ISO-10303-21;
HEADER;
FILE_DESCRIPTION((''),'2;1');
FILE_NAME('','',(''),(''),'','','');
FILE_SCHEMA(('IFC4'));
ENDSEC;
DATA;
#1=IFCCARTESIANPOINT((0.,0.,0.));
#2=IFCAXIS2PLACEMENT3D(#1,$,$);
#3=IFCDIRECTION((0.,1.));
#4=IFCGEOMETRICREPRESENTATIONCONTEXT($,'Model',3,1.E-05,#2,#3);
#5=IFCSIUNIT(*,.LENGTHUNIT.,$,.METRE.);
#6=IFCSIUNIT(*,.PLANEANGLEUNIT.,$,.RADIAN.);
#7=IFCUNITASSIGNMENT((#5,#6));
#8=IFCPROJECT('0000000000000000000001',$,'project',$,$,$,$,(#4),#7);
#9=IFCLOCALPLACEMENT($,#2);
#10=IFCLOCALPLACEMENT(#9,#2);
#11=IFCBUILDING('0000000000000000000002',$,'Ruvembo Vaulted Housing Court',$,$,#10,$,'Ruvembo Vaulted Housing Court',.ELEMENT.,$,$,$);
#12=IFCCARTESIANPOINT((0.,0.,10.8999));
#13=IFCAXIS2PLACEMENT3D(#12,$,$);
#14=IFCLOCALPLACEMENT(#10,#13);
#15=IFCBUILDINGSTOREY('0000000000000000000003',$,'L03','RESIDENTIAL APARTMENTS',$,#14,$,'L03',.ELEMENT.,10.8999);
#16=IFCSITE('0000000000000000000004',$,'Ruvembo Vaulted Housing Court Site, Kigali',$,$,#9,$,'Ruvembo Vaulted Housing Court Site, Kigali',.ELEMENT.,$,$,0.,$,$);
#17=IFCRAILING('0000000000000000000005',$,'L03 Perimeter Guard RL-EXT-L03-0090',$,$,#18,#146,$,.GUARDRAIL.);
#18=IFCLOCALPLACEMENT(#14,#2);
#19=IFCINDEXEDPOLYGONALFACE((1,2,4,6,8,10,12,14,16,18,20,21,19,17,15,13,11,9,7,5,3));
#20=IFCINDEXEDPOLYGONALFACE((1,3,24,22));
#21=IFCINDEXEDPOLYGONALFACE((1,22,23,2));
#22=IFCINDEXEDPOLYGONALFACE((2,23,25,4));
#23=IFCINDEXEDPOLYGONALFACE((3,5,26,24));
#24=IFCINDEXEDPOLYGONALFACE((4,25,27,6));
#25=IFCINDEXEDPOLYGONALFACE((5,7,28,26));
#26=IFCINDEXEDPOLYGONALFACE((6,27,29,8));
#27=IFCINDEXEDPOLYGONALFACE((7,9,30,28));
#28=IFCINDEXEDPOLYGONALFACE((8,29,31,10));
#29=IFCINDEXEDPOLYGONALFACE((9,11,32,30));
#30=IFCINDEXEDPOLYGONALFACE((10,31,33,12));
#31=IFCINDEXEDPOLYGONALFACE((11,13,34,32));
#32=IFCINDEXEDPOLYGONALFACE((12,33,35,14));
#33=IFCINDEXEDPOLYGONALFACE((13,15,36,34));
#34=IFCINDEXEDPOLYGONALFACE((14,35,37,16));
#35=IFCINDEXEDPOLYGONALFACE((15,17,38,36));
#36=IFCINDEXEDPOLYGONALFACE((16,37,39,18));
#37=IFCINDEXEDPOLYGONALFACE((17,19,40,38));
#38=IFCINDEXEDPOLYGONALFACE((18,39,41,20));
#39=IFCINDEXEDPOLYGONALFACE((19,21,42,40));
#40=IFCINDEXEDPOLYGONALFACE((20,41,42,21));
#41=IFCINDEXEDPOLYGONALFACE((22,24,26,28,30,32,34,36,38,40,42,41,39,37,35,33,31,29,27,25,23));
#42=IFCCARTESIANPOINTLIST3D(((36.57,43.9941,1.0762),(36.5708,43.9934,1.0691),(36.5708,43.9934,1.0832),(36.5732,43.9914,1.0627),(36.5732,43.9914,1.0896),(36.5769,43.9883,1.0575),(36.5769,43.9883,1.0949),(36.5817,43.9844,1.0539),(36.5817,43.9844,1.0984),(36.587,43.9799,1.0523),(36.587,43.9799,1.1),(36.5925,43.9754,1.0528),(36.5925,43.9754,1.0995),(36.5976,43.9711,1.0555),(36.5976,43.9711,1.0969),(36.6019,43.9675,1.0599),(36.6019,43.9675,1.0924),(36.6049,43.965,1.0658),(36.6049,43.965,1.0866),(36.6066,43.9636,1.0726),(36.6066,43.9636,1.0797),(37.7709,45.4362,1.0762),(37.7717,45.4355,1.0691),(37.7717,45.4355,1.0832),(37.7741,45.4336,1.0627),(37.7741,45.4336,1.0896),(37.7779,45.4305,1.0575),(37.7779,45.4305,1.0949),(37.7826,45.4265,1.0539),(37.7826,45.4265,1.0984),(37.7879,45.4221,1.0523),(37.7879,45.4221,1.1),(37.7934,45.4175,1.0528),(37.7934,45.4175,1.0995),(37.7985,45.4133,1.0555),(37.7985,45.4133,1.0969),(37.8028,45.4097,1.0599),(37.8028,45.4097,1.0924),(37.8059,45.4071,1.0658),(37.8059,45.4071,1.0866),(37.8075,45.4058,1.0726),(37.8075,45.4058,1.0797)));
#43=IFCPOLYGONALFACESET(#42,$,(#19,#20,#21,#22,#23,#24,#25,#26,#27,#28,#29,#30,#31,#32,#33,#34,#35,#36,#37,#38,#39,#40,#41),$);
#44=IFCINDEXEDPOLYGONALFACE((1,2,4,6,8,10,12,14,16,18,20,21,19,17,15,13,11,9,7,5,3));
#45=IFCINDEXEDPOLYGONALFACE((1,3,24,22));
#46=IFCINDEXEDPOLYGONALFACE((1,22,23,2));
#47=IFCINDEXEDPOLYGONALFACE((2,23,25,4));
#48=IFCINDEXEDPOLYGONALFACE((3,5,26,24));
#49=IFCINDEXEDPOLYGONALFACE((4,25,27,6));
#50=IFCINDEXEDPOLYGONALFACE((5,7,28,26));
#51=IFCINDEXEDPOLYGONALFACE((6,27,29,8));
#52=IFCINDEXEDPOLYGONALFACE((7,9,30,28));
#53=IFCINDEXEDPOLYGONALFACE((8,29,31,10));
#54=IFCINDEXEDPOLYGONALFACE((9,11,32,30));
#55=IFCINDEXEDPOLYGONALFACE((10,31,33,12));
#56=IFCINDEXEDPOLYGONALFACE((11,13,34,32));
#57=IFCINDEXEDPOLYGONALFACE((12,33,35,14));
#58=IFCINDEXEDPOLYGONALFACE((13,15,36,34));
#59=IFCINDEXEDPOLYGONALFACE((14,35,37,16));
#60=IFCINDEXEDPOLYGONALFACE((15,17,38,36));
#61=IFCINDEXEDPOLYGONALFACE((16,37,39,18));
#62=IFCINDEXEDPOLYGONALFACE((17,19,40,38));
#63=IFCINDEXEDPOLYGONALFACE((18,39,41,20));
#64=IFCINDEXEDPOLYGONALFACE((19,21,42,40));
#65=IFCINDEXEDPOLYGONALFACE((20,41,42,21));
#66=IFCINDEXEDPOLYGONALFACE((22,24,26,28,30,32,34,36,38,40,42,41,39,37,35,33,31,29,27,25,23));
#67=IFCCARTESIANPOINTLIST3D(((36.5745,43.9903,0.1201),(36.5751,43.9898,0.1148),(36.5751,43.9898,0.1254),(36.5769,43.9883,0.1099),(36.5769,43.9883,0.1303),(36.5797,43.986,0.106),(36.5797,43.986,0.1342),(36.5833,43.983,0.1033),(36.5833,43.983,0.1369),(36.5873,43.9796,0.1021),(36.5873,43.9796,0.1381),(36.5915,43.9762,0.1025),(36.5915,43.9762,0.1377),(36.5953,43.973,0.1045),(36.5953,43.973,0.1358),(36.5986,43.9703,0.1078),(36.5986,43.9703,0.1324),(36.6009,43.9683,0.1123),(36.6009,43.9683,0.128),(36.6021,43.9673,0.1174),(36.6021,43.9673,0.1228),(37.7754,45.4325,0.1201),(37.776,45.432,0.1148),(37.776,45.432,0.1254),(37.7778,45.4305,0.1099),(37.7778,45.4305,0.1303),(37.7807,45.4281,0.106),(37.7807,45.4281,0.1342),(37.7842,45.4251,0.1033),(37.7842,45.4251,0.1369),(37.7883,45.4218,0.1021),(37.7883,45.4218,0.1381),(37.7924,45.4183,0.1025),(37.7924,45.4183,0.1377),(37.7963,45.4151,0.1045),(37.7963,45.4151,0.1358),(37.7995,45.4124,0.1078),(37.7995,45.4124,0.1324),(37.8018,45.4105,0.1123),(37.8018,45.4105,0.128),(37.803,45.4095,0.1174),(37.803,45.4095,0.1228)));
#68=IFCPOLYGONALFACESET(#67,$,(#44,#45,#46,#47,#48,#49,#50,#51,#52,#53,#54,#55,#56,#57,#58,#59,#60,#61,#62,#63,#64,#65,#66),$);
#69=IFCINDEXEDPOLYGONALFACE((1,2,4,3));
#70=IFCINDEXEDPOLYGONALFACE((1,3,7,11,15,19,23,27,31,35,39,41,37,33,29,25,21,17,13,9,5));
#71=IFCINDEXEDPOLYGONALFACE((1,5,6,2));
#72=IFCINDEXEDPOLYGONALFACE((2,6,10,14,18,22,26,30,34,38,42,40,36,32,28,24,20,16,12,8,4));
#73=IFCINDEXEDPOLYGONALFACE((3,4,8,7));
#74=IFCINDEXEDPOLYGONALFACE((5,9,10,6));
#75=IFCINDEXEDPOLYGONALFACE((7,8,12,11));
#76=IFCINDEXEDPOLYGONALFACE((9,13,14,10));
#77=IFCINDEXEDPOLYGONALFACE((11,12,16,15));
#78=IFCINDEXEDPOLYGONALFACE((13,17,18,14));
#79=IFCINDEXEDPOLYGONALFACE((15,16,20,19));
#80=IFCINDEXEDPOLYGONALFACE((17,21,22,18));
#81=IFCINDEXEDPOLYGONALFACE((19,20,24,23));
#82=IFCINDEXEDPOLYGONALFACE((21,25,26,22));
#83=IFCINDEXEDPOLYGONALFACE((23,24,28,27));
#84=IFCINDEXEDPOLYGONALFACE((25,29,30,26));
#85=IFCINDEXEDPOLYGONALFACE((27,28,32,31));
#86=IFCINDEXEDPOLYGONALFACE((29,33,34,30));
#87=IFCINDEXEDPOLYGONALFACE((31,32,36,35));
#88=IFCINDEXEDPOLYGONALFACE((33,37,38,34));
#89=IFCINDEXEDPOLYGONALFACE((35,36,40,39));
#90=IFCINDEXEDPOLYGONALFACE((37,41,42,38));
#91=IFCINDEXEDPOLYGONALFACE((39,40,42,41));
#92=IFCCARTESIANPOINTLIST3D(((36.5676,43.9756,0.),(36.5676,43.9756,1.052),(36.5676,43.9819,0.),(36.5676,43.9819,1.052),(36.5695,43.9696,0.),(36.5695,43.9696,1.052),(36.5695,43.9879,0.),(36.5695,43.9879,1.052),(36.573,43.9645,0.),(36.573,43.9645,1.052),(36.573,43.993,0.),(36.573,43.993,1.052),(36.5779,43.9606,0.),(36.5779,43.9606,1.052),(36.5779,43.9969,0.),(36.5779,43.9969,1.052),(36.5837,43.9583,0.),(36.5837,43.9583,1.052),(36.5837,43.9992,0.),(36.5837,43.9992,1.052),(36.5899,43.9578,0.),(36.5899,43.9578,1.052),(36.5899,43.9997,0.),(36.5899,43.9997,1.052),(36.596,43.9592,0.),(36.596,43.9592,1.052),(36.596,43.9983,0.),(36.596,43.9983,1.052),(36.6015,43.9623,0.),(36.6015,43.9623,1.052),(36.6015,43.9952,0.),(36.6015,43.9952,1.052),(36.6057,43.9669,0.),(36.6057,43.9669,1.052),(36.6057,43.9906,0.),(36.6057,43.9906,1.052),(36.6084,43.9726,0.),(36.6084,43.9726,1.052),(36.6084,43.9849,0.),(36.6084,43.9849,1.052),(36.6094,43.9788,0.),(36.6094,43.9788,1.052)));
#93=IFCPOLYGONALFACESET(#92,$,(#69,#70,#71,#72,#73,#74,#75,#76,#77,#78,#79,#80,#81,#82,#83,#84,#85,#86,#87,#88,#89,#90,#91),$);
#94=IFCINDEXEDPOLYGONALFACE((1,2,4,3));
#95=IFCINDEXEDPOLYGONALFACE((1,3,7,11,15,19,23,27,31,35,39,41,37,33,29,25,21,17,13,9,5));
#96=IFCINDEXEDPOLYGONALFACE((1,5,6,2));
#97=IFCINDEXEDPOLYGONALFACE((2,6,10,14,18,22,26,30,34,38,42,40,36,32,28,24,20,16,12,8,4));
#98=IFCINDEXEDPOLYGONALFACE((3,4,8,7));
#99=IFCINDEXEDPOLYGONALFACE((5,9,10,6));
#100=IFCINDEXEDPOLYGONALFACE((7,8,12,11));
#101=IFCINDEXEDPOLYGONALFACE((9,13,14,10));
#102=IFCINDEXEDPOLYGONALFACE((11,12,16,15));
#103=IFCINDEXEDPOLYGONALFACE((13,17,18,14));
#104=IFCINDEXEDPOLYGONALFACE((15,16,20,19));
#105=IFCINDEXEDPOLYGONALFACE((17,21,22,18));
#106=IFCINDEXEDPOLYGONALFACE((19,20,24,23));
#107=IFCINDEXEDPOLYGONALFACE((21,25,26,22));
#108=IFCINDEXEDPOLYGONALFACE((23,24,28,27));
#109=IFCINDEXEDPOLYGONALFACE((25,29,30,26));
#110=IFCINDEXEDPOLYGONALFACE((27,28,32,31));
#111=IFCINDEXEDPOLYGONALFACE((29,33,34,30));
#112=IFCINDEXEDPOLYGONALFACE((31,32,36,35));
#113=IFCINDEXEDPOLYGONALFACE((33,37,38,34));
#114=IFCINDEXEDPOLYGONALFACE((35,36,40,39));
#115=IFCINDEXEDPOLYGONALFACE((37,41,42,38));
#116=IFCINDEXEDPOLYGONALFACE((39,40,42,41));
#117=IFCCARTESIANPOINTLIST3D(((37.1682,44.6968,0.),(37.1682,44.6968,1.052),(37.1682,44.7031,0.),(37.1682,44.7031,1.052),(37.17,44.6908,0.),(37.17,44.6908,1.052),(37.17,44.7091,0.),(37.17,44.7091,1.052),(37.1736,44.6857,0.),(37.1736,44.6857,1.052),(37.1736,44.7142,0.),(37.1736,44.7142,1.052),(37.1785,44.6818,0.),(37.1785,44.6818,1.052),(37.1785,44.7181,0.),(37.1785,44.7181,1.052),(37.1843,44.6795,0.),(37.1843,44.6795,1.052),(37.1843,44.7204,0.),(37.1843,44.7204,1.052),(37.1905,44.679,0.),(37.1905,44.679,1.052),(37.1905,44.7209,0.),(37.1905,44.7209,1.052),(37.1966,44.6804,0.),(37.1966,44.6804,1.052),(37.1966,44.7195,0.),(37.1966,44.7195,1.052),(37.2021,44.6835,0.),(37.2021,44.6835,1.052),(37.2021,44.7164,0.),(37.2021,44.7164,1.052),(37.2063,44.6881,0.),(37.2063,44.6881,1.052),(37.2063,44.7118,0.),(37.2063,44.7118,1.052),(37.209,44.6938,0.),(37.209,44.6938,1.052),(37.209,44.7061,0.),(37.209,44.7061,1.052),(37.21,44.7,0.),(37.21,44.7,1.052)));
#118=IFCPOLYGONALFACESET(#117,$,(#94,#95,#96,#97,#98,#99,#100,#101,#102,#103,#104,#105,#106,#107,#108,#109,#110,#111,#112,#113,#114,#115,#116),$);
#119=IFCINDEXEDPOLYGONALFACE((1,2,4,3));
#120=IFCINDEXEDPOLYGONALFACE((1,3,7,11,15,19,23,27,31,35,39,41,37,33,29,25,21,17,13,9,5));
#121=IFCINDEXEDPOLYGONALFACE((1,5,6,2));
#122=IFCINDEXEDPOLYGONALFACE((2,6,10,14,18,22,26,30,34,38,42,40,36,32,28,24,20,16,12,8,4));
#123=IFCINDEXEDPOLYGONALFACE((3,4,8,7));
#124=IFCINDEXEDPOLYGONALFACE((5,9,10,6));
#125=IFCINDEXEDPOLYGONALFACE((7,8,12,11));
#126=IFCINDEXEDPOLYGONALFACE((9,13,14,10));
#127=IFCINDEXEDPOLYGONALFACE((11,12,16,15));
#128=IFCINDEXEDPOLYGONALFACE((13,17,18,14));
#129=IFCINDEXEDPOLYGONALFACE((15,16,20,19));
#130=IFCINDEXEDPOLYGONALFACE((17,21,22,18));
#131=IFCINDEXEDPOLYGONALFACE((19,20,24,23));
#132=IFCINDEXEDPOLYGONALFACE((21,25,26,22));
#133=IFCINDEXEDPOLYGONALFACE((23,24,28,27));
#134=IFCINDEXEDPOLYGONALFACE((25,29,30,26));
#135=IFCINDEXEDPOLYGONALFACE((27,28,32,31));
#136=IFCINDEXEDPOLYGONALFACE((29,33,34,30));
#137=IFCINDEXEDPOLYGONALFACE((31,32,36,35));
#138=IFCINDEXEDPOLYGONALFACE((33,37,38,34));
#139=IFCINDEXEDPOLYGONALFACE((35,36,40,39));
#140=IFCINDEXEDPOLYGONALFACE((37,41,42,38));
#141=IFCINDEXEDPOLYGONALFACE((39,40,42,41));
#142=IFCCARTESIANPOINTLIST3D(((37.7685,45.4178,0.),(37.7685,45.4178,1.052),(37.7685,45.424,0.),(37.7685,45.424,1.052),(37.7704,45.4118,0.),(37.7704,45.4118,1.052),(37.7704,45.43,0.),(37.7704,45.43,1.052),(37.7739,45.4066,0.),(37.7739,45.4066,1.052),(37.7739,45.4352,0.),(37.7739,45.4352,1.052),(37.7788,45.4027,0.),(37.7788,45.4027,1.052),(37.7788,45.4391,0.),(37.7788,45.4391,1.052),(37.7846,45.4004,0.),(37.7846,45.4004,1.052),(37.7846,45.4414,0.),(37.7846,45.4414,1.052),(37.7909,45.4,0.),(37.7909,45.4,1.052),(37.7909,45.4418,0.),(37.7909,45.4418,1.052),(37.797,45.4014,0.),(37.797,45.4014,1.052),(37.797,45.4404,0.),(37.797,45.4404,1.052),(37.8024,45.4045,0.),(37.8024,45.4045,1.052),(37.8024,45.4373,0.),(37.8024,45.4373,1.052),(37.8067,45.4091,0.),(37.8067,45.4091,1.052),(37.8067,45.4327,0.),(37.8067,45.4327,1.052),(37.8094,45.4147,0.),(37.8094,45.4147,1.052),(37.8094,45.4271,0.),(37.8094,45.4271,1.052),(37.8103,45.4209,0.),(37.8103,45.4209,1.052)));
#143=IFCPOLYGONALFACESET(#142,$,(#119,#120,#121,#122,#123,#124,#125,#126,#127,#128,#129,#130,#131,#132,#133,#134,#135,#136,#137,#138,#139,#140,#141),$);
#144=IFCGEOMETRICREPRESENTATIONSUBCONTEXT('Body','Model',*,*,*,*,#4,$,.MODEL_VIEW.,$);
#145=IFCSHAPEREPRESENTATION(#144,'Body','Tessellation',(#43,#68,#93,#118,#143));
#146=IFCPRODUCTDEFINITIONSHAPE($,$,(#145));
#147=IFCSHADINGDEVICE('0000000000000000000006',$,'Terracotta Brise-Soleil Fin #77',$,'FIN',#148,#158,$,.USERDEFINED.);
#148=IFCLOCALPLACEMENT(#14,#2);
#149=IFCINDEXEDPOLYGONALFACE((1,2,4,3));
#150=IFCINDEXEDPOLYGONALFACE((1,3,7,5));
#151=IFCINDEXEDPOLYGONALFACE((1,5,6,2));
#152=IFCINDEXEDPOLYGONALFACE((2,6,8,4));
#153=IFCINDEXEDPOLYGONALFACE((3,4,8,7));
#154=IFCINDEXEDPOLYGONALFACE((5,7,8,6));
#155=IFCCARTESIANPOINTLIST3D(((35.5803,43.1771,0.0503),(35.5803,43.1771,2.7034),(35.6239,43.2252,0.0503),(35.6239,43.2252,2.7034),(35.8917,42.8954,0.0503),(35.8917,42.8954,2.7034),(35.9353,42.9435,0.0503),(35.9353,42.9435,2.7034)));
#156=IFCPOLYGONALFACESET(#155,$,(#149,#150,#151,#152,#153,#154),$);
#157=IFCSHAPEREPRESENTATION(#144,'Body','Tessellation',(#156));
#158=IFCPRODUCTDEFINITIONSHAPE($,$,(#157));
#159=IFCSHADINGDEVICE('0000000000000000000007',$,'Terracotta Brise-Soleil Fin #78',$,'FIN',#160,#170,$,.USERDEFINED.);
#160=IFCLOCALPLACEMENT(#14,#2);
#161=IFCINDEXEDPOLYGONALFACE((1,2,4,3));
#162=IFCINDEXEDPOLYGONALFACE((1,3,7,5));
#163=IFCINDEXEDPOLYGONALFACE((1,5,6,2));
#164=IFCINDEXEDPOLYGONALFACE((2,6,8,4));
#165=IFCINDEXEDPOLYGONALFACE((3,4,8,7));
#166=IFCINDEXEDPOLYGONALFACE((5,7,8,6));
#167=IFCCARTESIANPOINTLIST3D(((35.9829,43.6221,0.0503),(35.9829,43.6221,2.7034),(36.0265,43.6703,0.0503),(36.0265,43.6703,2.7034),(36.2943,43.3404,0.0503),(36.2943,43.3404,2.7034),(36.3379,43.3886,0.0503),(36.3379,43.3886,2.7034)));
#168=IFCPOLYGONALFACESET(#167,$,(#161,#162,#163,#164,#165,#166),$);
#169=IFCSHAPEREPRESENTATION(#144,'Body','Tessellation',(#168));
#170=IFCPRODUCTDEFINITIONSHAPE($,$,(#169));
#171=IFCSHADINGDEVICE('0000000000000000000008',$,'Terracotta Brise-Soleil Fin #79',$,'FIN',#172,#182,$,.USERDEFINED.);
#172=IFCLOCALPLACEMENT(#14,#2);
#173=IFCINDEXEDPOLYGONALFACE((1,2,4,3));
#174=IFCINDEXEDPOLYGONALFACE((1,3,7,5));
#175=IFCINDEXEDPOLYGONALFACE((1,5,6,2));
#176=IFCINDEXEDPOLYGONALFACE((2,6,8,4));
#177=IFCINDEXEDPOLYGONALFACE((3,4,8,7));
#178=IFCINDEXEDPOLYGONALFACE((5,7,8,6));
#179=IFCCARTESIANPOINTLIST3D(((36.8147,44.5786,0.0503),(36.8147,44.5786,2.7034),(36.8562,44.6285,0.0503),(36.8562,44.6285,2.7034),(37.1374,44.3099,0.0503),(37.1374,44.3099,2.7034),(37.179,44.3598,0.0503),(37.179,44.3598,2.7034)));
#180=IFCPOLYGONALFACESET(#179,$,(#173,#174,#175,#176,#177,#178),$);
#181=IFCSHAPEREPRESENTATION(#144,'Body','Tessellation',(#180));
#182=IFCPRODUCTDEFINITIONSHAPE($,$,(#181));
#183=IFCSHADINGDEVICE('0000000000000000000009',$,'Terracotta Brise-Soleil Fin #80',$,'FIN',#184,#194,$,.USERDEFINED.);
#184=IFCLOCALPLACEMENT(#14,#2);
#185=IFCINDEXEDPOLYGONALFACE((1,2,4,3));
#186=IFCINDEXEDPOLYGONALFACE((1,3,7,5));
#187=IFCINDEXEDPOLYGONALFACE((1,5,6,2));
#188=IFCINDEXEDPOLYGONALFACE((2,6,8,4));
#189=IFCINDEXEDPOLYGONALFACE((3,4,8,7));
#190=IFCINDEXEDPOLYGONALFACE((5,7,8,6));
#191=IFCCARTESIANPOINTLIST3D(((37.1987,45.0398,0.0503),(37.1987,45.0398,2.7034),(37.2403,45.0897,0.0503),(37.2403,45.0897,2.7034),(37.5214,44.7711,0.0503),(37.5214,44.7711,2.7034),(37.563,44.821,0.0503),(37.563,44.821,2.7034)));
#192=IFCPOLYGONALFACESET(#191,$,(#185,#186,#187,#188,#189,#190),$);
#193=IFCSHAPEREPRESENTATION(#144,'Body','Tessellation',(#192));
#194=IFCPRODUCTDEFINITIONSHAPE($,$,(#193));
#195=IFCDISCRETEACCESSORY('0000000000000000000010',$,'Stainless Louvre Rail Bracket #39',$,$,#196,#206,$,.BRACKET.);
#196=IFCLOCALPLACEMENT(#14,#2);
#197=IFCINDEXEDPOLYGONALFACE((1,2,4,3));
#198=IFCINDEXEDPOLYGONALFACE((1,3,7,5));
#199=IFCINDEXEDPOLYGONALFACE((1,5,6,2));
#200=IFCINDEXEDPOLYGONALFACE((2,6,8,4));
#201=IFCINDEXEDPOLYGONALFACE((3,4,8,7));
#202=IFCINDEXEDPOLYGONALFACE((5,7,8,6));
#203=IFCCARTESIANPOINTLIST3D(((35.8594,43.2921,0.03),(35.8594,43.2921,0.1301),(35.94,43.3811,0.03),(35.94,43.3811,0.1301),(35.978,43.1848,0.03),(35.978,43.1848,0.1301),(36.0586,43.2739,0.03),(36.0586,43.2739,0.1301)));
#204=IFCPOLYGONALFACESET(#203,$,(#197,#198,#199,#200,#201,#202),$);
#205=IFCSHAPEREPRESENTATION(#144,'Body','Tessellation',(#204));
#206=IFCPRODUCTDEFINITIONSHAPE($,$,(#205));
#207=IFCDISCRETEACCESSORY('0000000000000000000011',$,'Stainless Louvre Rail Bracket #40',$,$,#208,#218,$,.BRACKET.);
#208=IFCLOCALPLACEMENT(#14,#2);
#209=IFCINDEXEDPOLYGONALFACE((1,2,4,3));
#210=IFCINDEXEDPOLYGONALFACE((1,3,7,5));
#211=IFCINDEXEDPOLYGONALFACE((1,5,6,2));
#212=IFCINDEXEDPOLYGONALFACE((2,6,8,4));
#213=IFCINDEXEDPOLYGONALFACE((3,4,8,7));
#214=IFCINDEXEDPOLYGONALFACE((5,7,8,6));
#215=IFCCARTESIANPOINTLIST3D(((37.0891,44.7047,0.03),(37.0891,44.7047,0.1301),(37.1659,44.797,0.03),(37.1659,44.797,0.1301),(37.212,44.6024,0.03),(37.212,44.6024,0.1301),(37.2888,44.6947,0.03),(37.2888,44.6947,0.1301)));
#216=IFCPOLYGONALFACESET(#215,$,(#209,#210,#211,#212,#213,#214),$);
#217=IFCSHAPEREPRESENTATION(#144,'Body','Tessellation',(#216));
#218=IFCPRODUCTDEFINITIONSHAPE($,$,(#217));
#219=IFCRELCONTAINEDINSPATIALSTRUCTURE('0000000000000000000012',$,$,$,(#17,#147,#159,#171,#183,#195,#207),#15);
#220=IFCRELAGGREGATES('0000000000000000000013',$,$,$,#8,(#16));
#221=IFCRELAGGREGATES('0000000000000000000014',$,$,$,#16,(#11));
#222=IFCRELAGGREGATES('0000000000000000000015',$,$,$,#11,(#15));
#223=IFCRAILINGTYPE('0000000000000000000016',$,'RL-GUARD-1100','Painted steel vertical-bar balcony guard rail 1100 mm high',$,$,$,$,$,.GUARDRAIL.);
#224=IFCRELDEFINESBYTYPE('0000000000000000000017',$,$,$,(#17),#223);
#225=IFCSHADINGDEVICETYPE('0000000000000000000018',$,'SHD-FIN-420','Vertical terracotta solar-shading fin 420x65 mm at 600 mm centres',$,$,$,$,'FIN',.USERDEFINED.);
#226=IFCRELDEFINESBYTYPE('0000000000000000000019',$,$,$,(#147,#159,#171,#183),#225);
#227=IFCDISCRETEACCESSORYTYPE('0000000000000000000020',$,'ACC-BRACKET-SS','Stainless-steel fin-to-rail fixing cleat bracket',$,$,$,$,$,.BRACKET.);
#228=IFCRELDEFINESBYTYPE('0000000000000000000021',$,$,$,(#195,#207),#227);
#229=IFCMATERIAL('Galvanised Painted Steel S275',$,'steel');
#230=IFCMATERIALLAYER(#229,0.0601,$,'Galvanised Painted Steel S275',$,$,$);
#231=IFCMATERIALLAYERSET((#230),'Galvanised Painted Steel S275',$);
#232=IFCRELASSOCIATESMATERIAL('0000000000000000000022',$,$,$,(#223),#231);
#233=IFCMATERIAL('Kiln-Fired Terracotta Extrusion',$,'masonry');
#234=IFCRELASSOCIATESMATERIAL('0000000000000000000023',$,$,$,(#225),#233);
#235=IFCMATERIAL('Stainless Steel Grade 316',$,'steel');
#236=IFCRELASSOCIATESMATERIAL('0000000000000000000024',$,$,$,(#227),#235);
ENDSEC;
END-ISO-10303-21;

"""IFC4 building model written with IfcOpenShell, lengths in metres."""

from ifc_helpers import new_model, si_unit, direction, frame, origin, origin_2d, place, context, subcontext, project, spatial, rectangle, circle, extrude, material, layer, layer_set, type_object, element, save


model = new_model("IFC4")

# Units and contexts
model_context = context("Model", 3, precision=1e-05, world=origin(), true_north=direction((0.0, 1.0)))
body_context = subcontext(model_context, "Body", "Model", "MODEL_VIEW")
ifc_project = project(units=[si_unit("LENGTHUNIT", "METRE"), si_unit("PLANEANGLEUNIT", "RADIAN")], contexts=[model_context])

# Site, building, storey
site_placement = place(None, origin())
site = spatial("IfcSite", under=ifc_project, at=site_placement, Name="Ruvembo Vaulted Housing Court Site, Kigali", LongName="Ruvembo Vaulted Housing Court Site, Kigali", CompositionType="ELEMENT", RefElevation=0.0)
building_placement = place(site_placement, origin())
building = spatial("IfcBuilding", under=site, at=building_placement, Name="Ruvembo Vaulted Housing Court", LongName="Ruvembo Vaulted Housing Court", CompositionType="ELEMENT")
storey_placement = place(building_placement, frame((0.0, 0.0, 10.8999)))
storey = spatial("IfcBuildingStorey", under=building, at=storey_placement, Name="L03", Description="RESIDENTIAL APARTMENTS", LongName="L03", CompositionType="ELEMENT", Elevation=10.8999)

# Railing
ifc_material_1 = material(Name="Galvanised Painted Steel S275", Category="steel")
ifc_layer = layer(ifc_material_1, 0.0601, Name="Galvanised Painted Steel S275")
ifc_layer_set = layer_set([ifc_layer], Name="Galvanised Painted Steel S275")
railing_type = type_object("IfcRailingType", Name="RL-GUARD-1100", Description="Painted steel vertical-bar balcony guard rail 1100 mm high", PredefinedType="GUARDRAIL", material=ifc_layer_set)
railing_1_placement = place(storey_placement, frame((36.5884, 43.9788, 0.0)))
element("IfcRailing", 1, at=railing_1_placement, inside=storey, type_object=railing_type, Name="L03 Perimeter Guard RL-EXT-L03-0090", PredefinedType="GUARDRAIL", context=body_context, shape_type="SweptSolid", body=[
    extrude(circle(Radius=0.0239, at=origin_2d()), frame((0.0, 0.0, 1.0762), z_axis=(0.639916, 0.768445, 0.0), x_axis=(-0.768445, 0.639916, 0.0)), (0.0, 0.0, 1.0), 1.8767),
    extrude(circle(Radius=0.0181, at=origin_2d()), frame((0.0, 0.0, 0.1201), z_axis=(0.639916, 0.768445, 0.0), x_axis=(-0.768445, 0.639916, 0.0)), (0.0, 0.0, 1.0), 1.8767),
    extrude(circle(Radius=0.021, at=origin_2d()), origin(), (0.0, 0.0, 1.0), 1.052),
    extrude(circle(Radius=0.021, at=origin_2d()), frame((0.6006, 0.7212, 0.0)), (0.0, 0.0, 1.0), 1.052),
    extrude(circle(Radius=0.021, at=origin_2d()), frame((1.2009, 1.4421, 0.0)), (0.0, 0.0, 1.0), 1.052),
])

# Shading devices
ifc_material_2 = material(Name="Kiln-Fired Terracotta Extrusion", Category="masonry")
shading_device_type = type_object("IfcShadingDeviceType", Name="SHD-FIN-420", Description="Vertical terracotta solar-shading fin 420x65 mm at 600 mm centres", ElementType="FIN", PredefinedType="USERDEFINED", material=ifc_material_2)
for number, where, z_axis, x_axis, name in (
    (2, (35.7578, 43.0603, 0.0503), (0.0, 0.0, 1.0), (0.741601, -0.670841, 0.0), "Terracotta Brise-Soleil Fin #77"),
    (3, (36.1604, 43.5054, 0.0503), (0.0, 0.0, 1.0), (0.741601, -0.670841, 0.0), "Terracotta Brise-Soleil Fin #78"),
    (4, (36.9968, 44.4692, 0.0503), (0.0, 0.0, 1.0), (0.768496, -0.639855, 0.0), "Terracotta Brise-Soleil Fin #79"),
    (5, (37.3809, 44.9304, 0.0503), (0.0, 0.0, 1.0), (0.768496, -0.639855, 0.0), "Terracotta Brise-Soleil Fin #80"),
):
    element("IfcShadingDevice", number, at=place(storey_placement, frame(where, z_axis=z_axis, x_axis=x_axis)), inside=storey, type_object=shading_device_type, Name=name, ObjectType="FIN", PredefinedType="USERDEFINED", context=body_context, shape_type="SweptSolid", body=[
        extrude(rectangle(XDim=0.4199, YDim=0.0649, at=origin_2d()), origin(), (0.0, 0.0, 1.0), 2.6531),
    ])

# Discrete accessories
ifc_material_3 = material(Name="Stainless Steel Grade 316", Category="steel")
discrete_accessory_type = type_object("IfcDiscreteAccessoryType", Name="ACC-BRACKET-SS", Description="Stainless-steel fin-to-rail fixing cleat bracket", PredefinedType="BRACKET", material=ifc_material_3)
for number, where, z_axis, x_axis, name in (
    (6, (35.959, 43.283, 0.03), (0.0, 0.0, 1.0), (0.741601, -0.670841, 0.0), "Stainless Louvre Rail Bracket #39"),
    (7, (37.189, 44.6997, 0.03), (0.0, 0.0, 1.0), (0.768496, -0.639855, 0.0), "Stainless Louvre Rail Bracket #40"),
):
    element("IfcDiscreteAccessory", number, at=place(storey_placement, frame(where, z_axis=z_axis, x_axis=x_axis)), inside=storey, type_object=discrete_accessory_type, Name=name, PredefinedType="BRACKET", context=body_context, shape_type="SweptSolid", body=[
        extrude(rectangle(XDim=0.1599, YDim=0.1201, at=origin_2d()), origin(), (0.0, 0.0, 1.0), 0.1001),
    ])

save(model, "model.ifc")
